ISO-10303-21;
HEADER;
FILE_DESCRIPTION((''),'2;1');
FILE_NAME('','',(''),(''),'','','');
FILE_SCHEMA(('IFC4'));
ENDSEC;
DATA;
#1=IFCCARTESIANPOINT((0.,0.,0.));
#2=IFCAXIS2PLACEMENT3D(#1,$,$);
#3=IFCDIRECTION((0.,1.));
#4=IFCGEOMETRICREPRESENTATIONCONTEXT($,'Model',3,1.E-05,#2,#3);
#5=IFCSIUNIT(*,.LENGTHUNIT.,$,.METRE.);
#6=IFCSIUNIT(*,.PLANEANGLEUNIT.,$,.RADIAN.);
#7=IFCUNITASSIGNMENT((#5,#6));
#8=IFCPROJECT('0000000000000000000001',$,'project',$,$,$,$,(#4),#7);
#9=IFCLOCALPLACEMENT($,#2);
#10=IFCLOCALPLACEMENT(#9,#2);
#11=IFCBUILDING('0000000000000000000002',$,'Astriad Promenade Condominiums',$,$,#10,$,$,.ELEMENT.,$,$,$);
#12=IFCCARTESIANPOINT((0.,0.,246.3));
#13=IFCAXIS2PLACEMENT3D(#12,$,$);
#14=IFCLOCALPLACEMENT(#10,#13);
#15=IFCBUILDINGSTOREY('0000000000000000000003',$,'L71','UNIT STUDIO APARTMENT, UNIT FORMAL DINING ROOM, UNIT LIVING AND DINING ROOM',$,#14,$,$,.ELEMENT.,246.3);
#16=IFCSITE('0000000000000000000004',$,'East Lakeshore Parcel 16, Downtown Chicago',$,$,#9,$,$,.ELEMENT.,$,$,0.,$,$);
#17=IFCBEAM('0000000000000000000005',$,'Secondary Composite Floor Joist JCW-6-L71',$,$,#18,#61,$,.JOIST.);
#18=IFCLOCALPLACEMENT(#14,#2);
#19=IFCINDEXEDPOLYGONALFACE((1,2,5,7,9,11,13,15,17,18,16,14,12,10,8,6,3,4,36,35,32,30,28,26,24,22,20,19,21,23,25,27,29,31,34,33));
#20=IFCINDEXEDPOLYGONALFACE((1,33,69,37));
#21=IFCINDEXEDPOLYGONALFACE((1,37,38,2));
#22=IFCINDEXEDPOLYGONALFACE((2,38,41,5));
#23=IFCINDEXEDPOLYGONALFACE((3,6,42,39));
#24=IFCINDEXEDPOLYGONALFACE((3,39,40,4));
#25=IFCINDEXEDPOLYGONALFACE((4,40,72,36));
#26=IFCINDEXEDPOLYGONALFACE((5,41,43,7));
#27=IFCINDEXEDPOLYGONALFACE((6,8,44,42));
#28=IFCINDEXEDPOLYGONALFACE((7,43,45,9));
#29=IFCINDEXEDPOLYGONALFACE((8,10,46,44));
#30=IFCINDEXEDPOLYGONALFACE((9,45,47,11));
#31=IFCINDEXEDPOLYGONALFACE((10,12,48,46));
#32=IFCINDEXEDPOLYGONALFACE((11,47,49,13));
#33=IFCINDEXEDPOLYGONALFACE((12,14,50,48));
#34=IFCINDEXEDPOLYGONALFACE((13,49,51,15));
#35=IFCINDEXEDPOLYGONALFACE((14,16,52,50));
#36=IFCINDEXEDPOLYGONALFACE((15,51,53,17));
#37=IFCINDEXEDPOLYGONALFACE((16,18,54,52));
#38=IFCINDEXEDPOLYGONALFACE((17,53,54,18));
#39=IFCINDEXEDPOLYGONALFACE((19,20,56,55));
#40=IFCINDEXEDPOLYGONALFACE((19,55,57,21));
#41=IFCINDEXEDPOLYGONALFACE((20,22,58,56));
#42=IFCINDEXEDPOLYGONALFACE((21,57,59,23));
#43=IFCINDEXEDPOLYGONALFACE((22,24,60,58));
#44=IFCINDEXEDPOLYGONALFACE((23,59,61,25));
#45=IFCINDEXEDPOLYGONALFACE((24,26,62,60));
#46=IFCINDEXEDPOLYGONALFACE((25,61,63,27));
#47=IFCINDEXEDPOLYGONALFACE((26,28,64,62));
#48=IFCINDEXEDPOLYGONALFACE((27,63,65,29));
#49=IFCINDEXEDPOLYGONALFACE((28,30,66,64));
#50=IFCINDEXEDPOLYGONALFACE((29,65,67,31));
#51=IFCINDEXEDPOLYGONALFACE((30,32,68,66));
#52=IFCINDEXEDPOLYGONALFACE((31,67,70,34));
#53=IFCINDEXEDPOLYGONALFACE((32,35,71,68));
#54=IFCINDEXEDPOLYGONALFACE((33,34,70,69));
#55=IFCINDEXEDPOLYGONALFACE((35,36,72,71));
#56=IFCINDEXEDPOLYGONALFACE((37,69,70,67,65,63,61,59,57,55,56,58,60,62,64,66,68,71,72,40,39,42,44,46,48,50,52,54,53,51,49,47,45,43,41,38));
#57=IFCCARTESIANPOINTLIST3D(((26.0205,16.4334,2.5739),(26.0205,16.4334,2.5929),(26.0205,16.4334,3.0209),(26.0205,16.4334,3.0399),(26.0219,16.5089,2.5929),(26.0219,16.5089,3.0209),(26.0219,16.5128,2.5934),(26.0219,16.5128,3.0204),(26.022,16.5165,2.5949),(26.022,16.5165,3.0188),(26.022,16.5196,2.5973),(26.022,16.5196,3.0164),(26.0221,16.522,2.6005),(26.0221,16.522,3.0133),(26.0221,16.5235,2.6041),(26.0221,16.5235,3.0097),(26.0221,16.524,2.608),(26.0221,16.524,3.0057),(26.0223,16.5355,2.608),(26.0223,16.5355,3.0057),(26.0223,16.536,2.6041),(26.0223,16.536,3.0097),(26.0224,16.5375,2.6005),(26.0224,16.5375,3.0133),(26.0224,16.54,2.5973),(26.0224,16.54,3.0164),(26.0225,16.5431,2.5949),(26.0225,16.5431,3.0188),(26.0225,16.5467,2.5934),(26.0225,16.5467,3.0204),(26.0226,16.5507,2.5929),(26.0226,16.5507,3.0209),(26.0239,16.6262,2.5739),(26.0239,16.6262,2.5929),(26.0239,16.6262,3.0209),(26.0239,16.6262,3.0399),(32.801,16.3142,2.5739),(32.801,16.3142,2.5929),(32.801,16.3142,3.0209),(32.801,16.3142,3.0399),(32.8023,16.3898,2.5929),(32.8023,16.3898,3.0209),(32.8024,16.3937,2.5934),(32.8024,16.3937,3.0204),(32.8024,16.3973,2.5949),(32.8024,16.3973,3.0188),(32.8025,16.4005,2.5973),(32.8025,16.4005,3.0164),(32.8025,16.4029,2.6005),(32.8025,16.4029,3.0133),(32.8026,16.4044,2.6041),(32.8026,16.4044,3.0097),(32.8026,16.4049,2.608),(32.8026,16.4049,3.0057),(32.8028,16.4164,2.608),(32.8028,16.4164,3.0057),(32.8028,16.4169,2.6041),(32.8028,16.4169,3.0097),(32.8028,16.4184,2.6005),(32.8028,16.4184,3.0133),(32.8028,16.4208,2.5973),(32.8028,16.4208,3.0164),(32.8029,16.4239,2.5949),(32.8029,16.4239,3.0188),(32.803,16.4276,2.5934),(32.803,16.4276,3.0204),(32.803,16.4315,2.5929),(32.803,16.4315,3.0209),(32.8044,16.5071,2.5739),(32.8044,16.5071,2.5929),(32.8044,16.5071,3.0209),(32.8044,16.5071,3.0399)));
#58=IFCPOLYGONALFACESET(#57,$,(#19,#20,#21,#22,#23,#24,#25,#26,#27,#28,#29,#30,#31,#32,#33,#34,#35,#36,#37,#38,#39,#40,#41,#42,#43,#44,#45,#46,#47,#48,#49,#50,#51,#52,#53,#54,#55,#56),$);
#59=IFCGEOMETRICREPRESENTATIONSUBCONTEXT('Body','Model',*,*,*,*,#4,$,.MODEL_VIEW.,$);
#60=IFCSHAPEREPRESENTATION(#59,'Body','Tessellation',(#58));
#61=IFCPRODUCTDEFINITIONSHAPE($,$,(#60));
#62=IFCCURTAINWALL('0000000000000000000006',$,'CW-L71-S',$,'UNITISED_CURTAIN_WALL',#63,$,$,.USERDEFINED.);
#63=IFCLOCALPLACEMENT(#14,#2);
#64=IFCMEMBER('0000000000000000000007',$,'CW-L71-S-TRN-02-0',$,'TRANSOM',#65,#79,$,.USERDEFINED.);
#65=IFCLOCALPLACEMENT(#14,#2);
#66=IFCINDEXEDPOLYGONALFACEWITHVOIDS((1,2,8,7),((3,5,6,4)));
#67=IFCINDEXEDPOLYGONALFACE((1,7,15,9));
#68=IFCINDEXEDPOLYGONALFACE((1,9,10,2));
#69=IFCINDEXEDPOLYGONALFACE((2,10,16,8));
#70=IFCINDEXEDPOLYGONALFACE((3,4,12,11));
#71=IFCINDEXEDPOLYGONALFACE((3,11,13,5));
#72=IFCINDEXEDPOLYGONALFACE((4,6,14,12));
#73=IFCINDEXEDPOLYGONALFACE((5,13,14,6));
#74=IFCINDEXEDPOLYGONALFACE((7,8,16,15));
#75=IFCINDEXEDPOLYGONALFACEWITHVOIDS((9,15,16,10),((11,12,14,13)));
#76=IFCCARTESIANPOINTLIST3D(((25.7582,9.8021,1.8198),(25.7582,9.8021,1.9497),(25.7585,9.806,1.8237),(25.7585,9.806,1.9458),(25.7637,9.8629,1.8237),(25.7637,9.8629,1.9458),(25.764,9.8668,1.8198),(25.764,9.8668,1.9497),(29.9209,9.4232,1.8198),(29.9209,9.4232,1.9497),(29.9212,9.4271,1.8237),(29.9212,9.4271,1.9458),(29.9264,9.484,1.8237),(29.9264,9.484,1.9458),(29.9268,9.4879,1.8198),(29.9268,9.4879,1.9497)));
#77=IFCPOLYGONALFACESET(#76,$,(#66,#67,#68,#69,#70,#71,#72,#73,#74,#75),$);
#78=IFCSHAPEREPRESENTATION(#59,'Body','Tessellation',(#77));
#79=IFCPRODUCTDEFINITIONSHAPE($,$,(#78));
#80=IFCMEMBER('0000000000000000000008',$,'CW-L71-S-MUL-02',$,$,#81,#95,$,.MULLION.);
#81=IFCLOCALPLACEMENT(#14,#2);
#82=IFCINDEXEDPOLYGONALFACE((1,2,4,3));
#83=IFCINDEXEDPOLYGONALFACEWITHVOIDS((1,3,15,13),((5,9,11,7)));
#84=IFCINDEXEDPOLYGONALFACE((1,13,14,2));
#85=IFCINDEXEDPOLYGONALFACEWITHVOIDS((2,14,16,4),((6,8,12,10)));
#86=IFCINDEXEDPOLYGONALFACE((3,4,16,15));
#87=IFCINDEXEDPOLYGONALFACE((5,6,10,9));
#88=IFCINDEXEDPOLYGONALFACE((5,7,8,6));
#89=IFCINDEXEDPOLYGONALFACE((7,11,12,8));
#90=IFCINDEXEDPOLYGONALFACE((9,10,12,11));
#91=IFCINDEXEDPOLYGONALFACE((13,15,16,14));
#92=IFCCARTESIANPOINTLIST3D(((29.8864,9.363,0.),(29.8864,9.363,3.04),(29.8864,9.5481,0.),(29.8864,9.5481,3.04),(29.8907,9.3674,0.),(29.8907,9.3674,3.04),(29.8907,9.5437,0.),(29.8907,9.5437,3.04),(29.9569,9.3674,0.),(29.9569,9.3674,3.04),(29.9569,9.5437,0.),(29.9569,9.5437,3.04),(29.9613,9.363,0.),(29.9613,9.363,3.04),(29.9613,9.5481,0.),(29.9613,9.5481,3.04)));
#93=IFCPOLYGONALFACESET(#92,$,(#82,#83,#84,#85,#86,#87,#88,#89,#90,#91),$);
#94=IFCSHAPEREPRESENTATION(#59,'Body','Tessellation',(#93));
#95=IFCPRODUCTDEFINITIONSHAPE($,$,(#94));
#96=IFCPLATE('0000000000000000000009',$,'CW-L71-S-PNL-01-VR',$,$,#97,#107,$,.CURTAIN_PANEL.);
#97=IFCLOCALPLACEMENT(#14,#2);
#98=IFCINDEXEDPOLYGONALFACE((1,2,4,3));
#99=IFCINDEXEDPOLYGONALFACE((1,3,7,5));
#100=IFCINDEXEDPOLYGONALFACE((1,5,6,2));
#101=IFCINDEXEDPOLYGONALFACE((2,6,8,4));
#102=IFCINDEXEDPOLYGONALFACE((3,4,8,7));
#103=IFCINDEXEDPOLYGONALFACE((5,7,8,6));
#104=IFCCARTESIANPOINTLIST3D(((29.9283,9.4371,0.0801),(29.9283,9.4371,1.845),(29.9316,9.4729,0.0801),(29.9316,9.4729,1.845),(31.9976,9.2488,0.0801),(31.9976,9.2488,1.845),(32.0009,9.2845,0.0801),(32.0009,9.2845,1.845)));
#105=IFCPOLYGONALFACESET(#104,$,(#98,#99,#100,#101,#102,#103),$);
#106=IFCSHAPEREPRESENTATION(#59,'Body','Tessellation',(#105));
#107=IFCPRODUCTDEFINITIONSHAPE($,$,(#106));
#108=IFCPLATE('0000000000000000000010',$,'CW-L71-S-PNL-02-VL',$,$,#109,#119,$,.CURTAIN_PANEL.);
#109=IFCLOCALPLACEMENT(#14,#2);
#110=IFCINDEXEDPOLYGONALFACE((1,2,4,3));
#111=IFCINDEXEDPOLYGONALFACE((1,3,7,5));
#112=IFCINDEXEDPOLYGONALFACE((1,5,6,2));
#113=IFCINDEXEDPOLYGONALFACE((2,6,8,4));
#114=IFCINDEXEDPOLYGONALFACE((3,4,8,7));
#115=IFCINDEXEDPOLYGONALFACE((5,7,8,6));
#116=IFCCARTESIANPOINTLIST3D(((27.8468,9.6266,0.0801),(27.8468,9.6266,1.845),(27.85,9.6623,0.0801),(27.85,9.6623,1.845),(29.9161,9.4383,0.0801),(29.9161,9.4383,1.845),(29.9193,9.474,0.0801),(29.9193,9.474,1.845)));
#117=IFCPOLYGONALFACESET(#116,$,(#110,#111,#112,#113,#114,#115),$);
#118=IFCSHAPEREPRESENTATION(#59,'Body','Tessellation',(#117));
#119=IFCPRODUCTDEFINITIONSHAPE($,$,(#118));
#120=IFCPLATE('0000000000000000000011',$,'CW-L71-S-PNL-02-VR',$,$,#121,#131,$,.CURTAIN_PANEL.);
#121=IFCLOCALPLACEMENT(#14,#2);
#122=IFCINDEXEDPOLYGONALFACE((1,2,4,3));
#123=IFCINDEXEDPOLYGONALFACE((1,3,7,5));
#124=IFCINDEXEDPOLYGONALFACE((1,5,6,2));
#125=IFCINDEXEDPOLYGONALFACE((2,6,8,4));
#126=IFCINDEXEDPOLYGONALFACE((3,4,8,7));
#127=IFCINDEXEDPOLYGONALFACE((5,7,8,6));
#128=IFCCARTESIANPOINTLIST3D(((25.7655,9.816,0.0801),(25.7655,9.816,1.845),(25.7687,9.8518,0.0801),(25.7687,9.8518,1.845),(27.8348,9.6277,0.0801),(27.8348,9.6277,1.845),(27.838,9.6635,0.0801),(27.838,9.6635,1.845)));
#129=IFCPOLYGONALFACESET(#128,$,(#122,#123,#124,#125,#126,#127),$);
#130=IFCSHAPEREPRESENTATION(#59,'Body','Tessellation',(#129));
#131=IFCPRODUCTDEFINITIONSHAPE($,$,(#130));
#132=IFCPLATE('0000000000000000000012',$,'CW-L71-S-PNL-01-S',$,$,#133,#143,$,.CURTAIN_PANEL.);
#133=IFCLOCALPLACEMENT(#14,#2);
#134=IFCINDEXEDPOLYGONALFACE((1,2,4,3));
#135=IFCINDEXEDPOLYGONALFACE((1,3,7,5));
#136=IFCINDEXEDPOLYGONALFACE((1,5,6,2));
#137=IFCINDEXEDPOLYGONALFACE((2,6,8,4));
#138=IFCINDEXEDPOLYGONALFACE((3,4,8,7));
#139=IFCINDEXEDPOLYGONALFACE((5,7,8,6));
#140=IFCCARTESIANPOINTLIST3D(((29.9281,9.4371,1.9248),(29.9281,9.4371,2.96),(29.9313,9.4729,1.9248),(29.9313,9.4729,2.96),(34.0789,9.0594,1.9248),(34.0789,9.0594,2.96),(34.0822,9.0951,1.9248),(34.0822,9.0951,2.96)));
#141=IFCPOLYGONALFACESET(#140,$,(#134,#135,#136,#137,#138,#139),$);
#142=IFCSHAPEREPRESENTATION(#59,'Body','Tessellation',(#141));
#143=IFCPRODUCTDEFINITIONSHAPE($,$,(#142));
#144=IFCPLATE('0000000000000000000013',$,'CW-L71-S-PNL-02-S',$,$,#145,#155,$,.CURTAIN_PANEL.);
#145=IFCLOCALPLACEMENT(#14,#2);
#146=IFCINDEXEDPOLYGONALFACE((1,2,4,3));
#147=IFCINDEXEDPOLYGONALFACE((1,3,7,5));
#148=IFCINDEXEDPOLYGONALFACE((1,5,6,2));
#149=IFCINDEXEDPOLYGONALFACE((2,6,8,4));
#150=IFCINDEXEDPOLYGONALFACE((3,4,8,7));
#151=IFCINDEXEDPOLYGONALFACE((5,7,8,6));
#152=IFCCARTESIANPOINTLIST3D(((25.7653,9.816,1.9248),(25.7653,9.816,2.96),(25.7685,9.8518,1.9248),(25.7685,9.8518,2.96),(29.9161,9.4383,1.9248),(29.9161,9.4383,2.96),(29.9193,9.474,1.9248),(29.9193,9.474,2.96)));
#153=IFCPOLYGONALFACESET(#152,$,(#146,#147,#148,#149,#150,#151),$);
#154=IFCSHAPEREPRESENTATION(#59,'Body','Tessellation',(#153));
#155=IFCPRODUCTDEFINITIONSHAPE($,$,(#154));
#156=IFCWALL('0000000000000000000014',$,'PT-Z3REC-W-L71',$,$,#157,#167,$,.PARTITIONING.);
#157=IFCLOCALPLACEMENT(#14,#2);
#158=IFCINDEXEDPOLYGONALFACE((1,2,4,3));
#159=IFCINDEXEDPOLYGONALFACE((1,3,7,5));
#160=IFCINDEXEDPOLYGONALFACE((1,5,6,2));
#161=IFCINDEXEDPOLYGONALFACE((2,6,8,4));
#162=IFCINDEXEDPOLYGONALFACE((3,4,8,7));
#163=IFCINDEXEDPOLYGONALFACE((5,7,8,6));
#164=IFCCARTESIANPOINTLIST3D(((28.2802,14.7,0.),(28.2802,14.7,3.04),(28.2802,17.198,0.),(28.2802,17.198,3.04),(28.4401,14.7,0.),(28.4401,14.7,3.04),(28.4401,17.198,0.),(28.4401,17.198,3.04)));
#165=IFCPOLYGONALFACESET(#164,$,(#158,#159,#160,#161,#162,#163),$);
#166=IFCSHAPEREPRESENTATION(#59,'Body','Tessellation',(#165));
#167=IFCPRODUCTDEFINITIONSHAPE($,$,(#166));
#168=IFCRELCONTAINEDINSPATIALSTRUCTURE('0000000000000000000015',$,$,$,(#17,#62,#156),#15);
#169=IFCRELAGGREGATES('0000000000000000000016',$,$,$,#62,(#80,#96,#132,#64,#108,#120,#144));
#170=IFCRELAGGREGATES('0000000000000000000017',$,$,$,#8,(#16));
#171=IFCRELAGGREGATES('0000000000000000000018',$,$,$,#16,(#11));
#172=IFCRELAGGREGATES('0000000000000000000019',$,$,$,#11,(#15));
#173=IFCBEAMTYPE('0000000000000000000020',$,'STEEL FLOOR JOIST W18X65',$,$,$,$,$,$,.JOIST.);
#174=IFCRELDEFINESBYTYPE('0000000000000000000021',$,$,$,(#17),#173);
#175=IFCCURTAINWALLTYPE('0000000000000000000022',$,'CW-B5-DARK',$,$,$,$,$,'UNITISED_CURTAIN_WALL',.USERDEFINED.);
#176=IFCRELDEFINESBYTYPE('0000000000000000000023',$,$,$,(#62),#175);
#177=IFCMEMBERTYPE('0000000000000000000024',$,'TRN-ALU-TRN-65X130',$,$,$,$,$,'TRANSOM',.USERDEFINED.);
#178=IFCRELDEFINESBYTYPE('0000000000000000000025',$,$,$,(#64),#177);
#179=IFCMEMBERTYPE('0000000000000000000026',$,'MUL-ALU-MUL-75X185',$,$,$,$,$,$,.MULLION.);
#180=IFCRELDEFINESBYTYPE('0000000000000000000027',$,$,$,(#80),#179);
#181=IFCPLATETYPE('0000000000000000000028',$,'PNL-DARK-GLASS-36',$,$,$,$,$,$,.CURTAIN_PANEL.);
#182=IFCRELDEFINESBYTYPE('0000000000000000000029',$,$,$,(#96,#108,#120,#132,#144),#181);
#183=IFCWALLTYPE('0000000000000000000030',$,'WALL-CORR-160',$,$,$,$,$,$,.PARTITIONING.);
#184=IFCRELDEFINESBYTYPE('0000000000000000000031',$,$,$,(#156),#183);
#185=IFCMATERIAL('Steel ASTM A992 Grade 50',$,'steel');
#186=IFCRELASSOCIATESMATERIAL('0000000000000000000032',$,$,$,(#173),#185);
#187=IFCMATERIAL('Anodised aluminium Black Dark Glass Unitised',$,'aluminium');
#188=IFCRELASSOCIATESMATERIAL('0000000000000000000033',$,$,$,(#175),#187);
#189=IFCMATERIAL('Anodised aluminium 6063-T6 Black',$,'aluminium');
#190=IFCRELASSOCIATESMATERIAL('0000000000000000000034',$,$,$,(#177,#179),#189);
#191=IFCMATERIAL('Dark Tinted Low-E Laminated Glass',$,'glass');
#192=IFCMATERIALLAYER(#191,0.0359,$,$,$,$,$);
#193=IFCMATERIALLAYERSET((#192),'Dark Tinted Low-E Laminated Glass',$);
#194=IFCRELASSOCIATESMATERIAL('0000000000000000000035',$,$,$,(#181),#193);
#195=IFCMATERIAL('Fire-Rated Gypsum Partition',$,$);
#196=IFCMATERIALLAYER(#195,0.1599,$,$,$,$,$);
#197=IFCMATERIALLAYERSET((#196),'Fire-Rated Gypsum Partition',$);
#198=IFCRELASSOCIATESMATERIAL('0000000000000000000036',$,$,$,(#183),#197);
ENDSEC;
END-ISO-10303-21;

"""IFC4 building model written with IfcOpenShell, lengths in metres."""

from ifc_helpers import new_model, si_unit, direction, frame, frame_2d, origin, origin_2d, place, context, subcontext, project, spatial, rectangle, hollow_rectangle, i_section, extrude, source, transform, mapped, material, layer, layer_set, material_profile, profile_set, type_object, type_shapes, element, aggregate, save


model = new_model("IFC4")

# Units and contexts
model_context = context("Model", 3, precision=1e-05, world=origin(), true_north=direction((0.0, 1.0)))
body_context = subcontext(model_context, "Body", "Model", "MODEL_VIEW")
ifc_project = project(units=[si_unit("LENGTHUNIT", "METRE"), si_unit("PLANEANGLEUNIT", "RADIAN")], contexts=[model_context])

# Site, building, storey
site_placement = place(None, origin())
site = spatial("IfcSite", under=ifc_project, at=site_placement, Name="East Lakeshore Parcel 16, Downtown Chicago", CompositionType="ELEMENT", RefElevation=0.0)
building_placement = place(site_placement, origin())
building = spatial("IfcBuilding", under=site, at=building_placement, Name="Astriad Promenade Condominiums", CompositionType="ELEMENT")
storey_placement = place(building_placement, frame((0.0, 0.0, 246.3)))
storey = spatial("IfcBuildingStorey", under=building, at=storey_placement, Name="L71", Description="UNIT STUDIO APARTMENT, UNIT FORMAL DINING ROOM, UNIT LIVING AND DINING ROOM", CompositionType="ELEMENT", Elevation=246.3)

# Shared definitions
ifc_material_1 = material(Name="Steel ASTM A992 Grade 50", Category="steel")

# Beam
ifc_material_profile_1 = material_profile(ifc_material_1, i_section(OverallWidth=0.1929, OverallDepth=0.4661, WebThickness=0.0115, FlangeThickness=0.019, FilletRadius=0.0151, at=origin_2d()), Name="W18X65")
ifc_profile_set_1 = profile_set([ifc_material_profile_1], Name="Steel ASTM A992 Grade 50")
beam_type_1 = type_object("IfcBeamType", Name="STEEL FLOOR JOIST W18X65", PredefinedType="JOIST", material=ifc_profile_set_1)
shared_shape_1 = source(origin(), body_context, "Body", "SweptSolid", [
    extrude(i_section(OverallWidth=0.1929, OverallDepth=0.4661, WebThickness=0.0115, FlangeThickness=0.019, FilletRadius=0.0151, at=origin_2d()), origin(), (0.0, 0.0, 1.0), 6.7815),
])
type_shapes(beam_type_1, [shared_shape_1])
beam_1_placement = place(storey_placement, frame((26.0222, 16.5298, 2.8069), z_axis=(0.999846, -0.017568, 0.0), x_axis=(0.017568, 0.999846, 0.0)))
element("IfcBeam", 1, at=beam_1_placement, inside=storey, type_object=beam_type_1, Name="Secondary Composite Floor Joist JCW-6-L71", PredefinedType="JOIST", context=body_context, shape_type="MappedRepresentation", body=[
    mapped(shared_shape_1, transform((0.0, 0.0, 0.0), scale=1.0)),
])

# Curtain wall, members, plates
ifc_material_2 = material(Name="Anodised aluminium Black Dark Glass Unitised", Category="aluminium")
curtain_wall_type = type_object("IfcCurtainWallType", Name="CW-B5-DARK", ElementType="UNITISED_CURTAIN_WALL", PredefinedType="USERDEFINED", material=ifc_material_2)
curtain_wall_placement = place(storey_placement, origin())
curtain_wall = element("IfcCurtainWall", 2, at=curtain_wall_placement, inside=storey, type_object=curtain_wall_type, Name="CW-L71-S", ObjectType="UNITISED_CURTAIN_WALL", PredefinedType="USERDEFINED")
ifc_material_3 = material(Name="Anodised aluminium 6063-T6 Black", Category="aluminium")
ifc_material_profile_2 = material_profile(ifc_material_3, hollow_rectangle(XDim=0.0649, YDim=0.1299, WallThickness=0.0039, at=origin_2d()), Name="ALU-TRN-65X130")
ifc_profile_set_2 = profile_set([ifc_material_profile_2], Name="Anodised aluminium 6063-T6 Black")
member_type_1 = type_object("IfcMemberType", Name="TRN-ALU-TRN-65X130", ElementType="TRANSOM", PredefinedType="USERDEFINED", material=ifc_profile_set_2)
shared_shape_2 = source(origin(), body_context, "Body", "SweptSolid", [
    extrude(hollow_rectangle(XDim=0.0649, YDim=0.1299, WallThickness=0.0039, at=origin_2d()), origin(), (0.0, 0.0, 1.0), 4.1799),
])
type_shapes(member_type_1, [shared_shape_2])
member_1_placement = place(storey_placement, frame((29.9238, 9.4556, 1.8848), z_axis=(-0.995883, 0.090646, 0.0), x_axis=(-0.090646, -0.995883, 0.0)))
member_1 = element("IfcMember", 3, at=member_1_placement, type_object=member_type_1, Name="CW-L71-S-TRN-02-0", ObjectType="TRANSOM", PredefinedType="USERDEFINED", context=body_context, shape_type="MappedRepresentation", body=[
    mapped(shared_shape_2, transform((0.0, 0.0, 0.0), scale=1.0)),
])
ifc_material_profile_3 = material_profile(ifc_material_3, hollow_rectangle(XDim=0.075, YDim=0.1851, WallThickness=0.0044, at=origin_2d()), Name="ALU-MUL-75X185")
ifc_profile_set_3 = profile_set([ifc_material_profile_3], Name="Anodised aluminium 6063-T6 Black")
member_type_2 = type_object("IfcMemberType", Name="MUL-ALU-MUL-75X185", PredefinedType="MULLION", material=ifc_profile_set_3)
shared_shape_3 = source(origin(), body_context, "Body", "SweptSolid", [
    extrude(hollow_rectangle(XDim=0.075, YDim=0.1851, WallThickness=0.0044, at=origin_2d()), origin(), (0.0, 0.0, 1.0), 3.04),
])
type_shapes(member_type_2, [shared_shape_3])
member_2_placement = place(storey_placement, frame((29.9238, 9.4556, 0.0), z_axis=(0.0, 0.0, 1.0), x_axis=(1.0, 0.0, 0.0)))
member_2 = element("IfcMember", 4, at=member_2_placement, type_object=member_type_2, Name="CW-L71-S-MUL-02", PredefinedType="MULLION", context=body_context, shape_type="MappedRepresentation", body=[
    mapped(shared_shape_3, transform((0.0, 0.0, 0.0), scale=1.0)),
])
ifc_material_4 = material(Name="Dark Tinted Low-E Laminated Glass", Category="glass")
ifc_layer_1 = layer(ifc_material_4, 0.0359)
ifc_layer_set_1 = layer_set([ifc_layer_1], Name="Dark Tinted Low-E Laminated Glass")
plate_type = type_object("IfcPlateType", Name="PNL-DARK-GLASS-36", PredefinedType="CURTAIN_PANEL", material=ifc_layer_set_1)
shared_shape_4 = source(origin(), body_context, "Body", "SweptSolid", [
    extrude(rectangle(XDim=2.0779, YDim=0.0359, at=origin_2d()), origin(), (0.0, 0.0, 1.0), 1.7649),
])
plate_1_placement = place(storey_placement, frame((30.9646, 9.3608, 0.0801), z_axis=(0.0, 0.0, 1.0), x_axis=(-0.995884, 0.090633, 0.0)))
plate_1 = element("IfcPlate", 5, at=plate_1_placement, type_object=plate_type, Name="CW-L71-S-PNL-01-VR", PredefinedType="CURTAIN_PANEL", context=body_context, shape_type="MappedRepresentation", body=[
    mapped(shared_shape_4, transform((0.0, 0.0, 0.0), scale=1.0)),
])
plate_2_placement = place(storey_placement, frame((28.8831, 9.5503, 0.0801), z_axis=(0.0, 0.0, 1.0), x_axis=(-0.995884, 0.090633, 0.0)))
plate_2 = element("IfcPlate", 6, at=plate_2_placement, type_object=plate_type, Name="CW-L71-S-PNL-02-VL", PredefinedType="CURTAIN_PANEL", context=body_context, shape_type="MappedRepresentation", body=[
    mapped(shared_shape_4, transform((0.0, 0.0, 0.0), scale=1.0)),
])
plate_3_placement = place(storey_placement, frame((26.8018, 9.7397, 0.0801), z_axis=(0.0, 0.0, 1.0), x_axis=(-0.995884, 0.090633, 0.0)))
plate_3 = element("IfcPlate", 7, at=plate_3_placement, type_object=plate_type, Name="CW-L71-S-PNL-02-VR", PredefinedType="CURTAIN_PANEL", context=body_context, shape_type="MappedRepresentation", body=[
    mapped(shared_shape_4, transform((0.0, 0.0, 0.0), scale=1.0)),
])
shared_shape_5 = source(origin(), body_context, "Body", "SweptSolid", [
    extrude(rectangle(XDim=4.168, YDim=0.0359, at=origin_2d()), origin(), (0.0, 0.0, 1.0), 1.0352),
])
type_shapes(plate_type, [shared_shape_4, shared_shape_5])
plate_4_placement = place(storey_placement, frame((32.0051, 9.2661, 1.9248), z_axis=(0.0, 0.0, 1.0), x_axis=(-0.995884, 0.090633, 0.0)))
plate_4 = element("IfcPlate", 8, at=plate_4_placement, type_object=plate_type, Name="CW-L71-S-PNL-01-S", PredefinedType="CURTAIN_PANEL", context=body_context, shape_type="MappedRepresentation", body=[
    mapped(shared_shape_5, transform((0.0, 0.0, 0.0), scale=1.0)),
])
plate_5_placement = place(storey_placement, frame((27.8423, 9.645, 1.9248), z_axis=(0.0, 0.0, 1.0), x_axis=(-0.995884, 0.090633, 0.0)))
plate_5 = element("IfcPlate", 9, at=plate_5_placement, type_object=plate_type, Name="CW-L71-S-PNL-02-S", PredefinedType="CURTAIN_PANEL", context=body_context, shape_type="MappedRepresentation", body=[
    mapped(shared_shape_5, transform((0.0, 0.0, 0.0), scale=1.0)),
])
aggregate(curtain_wall, [member_2, plate_1, plate_4, member_1, plate_2, plate_3, plate_5])

# Wall
ifc_material_5 = material(Name="Fire-Rated Gypsum Partition")
ifc_layer_2 = layer(ifc_material_5, 0.1599)
ifc_layer_set_2 = layer_set([ifc_layer_2], Name="Fire-Rated Gypsum Partition")
wall_type_1 = type_object("IfcWallType", Name="WALL-CORR-160", PredefinedType="PARTITIONING", material=ifc_layer_set_2)
wall_1_placement = place(storey_placement, frame((28.3601, 14.7, 0.0), z_axis=(0.0, 0.0, 1.0), x_axis=(0.0, 1.0, 0.0)))
element("IfcWall", 10, at=wall_1_placement, inside=storey, type_object=wall_type_1, Name="PT-Z3REC-W-L71", PredefinedType="PARTITIONING", context=body_context, shape_type="SweptSolid", body=[
    extrude(rectangle(XDim=2.498, YDim=0.1599, at=frame_2d((1.249, 0.0))), origin(), (0.0, 0.0, 1.0), 3.04),
])

save(model, "model.ifc")
